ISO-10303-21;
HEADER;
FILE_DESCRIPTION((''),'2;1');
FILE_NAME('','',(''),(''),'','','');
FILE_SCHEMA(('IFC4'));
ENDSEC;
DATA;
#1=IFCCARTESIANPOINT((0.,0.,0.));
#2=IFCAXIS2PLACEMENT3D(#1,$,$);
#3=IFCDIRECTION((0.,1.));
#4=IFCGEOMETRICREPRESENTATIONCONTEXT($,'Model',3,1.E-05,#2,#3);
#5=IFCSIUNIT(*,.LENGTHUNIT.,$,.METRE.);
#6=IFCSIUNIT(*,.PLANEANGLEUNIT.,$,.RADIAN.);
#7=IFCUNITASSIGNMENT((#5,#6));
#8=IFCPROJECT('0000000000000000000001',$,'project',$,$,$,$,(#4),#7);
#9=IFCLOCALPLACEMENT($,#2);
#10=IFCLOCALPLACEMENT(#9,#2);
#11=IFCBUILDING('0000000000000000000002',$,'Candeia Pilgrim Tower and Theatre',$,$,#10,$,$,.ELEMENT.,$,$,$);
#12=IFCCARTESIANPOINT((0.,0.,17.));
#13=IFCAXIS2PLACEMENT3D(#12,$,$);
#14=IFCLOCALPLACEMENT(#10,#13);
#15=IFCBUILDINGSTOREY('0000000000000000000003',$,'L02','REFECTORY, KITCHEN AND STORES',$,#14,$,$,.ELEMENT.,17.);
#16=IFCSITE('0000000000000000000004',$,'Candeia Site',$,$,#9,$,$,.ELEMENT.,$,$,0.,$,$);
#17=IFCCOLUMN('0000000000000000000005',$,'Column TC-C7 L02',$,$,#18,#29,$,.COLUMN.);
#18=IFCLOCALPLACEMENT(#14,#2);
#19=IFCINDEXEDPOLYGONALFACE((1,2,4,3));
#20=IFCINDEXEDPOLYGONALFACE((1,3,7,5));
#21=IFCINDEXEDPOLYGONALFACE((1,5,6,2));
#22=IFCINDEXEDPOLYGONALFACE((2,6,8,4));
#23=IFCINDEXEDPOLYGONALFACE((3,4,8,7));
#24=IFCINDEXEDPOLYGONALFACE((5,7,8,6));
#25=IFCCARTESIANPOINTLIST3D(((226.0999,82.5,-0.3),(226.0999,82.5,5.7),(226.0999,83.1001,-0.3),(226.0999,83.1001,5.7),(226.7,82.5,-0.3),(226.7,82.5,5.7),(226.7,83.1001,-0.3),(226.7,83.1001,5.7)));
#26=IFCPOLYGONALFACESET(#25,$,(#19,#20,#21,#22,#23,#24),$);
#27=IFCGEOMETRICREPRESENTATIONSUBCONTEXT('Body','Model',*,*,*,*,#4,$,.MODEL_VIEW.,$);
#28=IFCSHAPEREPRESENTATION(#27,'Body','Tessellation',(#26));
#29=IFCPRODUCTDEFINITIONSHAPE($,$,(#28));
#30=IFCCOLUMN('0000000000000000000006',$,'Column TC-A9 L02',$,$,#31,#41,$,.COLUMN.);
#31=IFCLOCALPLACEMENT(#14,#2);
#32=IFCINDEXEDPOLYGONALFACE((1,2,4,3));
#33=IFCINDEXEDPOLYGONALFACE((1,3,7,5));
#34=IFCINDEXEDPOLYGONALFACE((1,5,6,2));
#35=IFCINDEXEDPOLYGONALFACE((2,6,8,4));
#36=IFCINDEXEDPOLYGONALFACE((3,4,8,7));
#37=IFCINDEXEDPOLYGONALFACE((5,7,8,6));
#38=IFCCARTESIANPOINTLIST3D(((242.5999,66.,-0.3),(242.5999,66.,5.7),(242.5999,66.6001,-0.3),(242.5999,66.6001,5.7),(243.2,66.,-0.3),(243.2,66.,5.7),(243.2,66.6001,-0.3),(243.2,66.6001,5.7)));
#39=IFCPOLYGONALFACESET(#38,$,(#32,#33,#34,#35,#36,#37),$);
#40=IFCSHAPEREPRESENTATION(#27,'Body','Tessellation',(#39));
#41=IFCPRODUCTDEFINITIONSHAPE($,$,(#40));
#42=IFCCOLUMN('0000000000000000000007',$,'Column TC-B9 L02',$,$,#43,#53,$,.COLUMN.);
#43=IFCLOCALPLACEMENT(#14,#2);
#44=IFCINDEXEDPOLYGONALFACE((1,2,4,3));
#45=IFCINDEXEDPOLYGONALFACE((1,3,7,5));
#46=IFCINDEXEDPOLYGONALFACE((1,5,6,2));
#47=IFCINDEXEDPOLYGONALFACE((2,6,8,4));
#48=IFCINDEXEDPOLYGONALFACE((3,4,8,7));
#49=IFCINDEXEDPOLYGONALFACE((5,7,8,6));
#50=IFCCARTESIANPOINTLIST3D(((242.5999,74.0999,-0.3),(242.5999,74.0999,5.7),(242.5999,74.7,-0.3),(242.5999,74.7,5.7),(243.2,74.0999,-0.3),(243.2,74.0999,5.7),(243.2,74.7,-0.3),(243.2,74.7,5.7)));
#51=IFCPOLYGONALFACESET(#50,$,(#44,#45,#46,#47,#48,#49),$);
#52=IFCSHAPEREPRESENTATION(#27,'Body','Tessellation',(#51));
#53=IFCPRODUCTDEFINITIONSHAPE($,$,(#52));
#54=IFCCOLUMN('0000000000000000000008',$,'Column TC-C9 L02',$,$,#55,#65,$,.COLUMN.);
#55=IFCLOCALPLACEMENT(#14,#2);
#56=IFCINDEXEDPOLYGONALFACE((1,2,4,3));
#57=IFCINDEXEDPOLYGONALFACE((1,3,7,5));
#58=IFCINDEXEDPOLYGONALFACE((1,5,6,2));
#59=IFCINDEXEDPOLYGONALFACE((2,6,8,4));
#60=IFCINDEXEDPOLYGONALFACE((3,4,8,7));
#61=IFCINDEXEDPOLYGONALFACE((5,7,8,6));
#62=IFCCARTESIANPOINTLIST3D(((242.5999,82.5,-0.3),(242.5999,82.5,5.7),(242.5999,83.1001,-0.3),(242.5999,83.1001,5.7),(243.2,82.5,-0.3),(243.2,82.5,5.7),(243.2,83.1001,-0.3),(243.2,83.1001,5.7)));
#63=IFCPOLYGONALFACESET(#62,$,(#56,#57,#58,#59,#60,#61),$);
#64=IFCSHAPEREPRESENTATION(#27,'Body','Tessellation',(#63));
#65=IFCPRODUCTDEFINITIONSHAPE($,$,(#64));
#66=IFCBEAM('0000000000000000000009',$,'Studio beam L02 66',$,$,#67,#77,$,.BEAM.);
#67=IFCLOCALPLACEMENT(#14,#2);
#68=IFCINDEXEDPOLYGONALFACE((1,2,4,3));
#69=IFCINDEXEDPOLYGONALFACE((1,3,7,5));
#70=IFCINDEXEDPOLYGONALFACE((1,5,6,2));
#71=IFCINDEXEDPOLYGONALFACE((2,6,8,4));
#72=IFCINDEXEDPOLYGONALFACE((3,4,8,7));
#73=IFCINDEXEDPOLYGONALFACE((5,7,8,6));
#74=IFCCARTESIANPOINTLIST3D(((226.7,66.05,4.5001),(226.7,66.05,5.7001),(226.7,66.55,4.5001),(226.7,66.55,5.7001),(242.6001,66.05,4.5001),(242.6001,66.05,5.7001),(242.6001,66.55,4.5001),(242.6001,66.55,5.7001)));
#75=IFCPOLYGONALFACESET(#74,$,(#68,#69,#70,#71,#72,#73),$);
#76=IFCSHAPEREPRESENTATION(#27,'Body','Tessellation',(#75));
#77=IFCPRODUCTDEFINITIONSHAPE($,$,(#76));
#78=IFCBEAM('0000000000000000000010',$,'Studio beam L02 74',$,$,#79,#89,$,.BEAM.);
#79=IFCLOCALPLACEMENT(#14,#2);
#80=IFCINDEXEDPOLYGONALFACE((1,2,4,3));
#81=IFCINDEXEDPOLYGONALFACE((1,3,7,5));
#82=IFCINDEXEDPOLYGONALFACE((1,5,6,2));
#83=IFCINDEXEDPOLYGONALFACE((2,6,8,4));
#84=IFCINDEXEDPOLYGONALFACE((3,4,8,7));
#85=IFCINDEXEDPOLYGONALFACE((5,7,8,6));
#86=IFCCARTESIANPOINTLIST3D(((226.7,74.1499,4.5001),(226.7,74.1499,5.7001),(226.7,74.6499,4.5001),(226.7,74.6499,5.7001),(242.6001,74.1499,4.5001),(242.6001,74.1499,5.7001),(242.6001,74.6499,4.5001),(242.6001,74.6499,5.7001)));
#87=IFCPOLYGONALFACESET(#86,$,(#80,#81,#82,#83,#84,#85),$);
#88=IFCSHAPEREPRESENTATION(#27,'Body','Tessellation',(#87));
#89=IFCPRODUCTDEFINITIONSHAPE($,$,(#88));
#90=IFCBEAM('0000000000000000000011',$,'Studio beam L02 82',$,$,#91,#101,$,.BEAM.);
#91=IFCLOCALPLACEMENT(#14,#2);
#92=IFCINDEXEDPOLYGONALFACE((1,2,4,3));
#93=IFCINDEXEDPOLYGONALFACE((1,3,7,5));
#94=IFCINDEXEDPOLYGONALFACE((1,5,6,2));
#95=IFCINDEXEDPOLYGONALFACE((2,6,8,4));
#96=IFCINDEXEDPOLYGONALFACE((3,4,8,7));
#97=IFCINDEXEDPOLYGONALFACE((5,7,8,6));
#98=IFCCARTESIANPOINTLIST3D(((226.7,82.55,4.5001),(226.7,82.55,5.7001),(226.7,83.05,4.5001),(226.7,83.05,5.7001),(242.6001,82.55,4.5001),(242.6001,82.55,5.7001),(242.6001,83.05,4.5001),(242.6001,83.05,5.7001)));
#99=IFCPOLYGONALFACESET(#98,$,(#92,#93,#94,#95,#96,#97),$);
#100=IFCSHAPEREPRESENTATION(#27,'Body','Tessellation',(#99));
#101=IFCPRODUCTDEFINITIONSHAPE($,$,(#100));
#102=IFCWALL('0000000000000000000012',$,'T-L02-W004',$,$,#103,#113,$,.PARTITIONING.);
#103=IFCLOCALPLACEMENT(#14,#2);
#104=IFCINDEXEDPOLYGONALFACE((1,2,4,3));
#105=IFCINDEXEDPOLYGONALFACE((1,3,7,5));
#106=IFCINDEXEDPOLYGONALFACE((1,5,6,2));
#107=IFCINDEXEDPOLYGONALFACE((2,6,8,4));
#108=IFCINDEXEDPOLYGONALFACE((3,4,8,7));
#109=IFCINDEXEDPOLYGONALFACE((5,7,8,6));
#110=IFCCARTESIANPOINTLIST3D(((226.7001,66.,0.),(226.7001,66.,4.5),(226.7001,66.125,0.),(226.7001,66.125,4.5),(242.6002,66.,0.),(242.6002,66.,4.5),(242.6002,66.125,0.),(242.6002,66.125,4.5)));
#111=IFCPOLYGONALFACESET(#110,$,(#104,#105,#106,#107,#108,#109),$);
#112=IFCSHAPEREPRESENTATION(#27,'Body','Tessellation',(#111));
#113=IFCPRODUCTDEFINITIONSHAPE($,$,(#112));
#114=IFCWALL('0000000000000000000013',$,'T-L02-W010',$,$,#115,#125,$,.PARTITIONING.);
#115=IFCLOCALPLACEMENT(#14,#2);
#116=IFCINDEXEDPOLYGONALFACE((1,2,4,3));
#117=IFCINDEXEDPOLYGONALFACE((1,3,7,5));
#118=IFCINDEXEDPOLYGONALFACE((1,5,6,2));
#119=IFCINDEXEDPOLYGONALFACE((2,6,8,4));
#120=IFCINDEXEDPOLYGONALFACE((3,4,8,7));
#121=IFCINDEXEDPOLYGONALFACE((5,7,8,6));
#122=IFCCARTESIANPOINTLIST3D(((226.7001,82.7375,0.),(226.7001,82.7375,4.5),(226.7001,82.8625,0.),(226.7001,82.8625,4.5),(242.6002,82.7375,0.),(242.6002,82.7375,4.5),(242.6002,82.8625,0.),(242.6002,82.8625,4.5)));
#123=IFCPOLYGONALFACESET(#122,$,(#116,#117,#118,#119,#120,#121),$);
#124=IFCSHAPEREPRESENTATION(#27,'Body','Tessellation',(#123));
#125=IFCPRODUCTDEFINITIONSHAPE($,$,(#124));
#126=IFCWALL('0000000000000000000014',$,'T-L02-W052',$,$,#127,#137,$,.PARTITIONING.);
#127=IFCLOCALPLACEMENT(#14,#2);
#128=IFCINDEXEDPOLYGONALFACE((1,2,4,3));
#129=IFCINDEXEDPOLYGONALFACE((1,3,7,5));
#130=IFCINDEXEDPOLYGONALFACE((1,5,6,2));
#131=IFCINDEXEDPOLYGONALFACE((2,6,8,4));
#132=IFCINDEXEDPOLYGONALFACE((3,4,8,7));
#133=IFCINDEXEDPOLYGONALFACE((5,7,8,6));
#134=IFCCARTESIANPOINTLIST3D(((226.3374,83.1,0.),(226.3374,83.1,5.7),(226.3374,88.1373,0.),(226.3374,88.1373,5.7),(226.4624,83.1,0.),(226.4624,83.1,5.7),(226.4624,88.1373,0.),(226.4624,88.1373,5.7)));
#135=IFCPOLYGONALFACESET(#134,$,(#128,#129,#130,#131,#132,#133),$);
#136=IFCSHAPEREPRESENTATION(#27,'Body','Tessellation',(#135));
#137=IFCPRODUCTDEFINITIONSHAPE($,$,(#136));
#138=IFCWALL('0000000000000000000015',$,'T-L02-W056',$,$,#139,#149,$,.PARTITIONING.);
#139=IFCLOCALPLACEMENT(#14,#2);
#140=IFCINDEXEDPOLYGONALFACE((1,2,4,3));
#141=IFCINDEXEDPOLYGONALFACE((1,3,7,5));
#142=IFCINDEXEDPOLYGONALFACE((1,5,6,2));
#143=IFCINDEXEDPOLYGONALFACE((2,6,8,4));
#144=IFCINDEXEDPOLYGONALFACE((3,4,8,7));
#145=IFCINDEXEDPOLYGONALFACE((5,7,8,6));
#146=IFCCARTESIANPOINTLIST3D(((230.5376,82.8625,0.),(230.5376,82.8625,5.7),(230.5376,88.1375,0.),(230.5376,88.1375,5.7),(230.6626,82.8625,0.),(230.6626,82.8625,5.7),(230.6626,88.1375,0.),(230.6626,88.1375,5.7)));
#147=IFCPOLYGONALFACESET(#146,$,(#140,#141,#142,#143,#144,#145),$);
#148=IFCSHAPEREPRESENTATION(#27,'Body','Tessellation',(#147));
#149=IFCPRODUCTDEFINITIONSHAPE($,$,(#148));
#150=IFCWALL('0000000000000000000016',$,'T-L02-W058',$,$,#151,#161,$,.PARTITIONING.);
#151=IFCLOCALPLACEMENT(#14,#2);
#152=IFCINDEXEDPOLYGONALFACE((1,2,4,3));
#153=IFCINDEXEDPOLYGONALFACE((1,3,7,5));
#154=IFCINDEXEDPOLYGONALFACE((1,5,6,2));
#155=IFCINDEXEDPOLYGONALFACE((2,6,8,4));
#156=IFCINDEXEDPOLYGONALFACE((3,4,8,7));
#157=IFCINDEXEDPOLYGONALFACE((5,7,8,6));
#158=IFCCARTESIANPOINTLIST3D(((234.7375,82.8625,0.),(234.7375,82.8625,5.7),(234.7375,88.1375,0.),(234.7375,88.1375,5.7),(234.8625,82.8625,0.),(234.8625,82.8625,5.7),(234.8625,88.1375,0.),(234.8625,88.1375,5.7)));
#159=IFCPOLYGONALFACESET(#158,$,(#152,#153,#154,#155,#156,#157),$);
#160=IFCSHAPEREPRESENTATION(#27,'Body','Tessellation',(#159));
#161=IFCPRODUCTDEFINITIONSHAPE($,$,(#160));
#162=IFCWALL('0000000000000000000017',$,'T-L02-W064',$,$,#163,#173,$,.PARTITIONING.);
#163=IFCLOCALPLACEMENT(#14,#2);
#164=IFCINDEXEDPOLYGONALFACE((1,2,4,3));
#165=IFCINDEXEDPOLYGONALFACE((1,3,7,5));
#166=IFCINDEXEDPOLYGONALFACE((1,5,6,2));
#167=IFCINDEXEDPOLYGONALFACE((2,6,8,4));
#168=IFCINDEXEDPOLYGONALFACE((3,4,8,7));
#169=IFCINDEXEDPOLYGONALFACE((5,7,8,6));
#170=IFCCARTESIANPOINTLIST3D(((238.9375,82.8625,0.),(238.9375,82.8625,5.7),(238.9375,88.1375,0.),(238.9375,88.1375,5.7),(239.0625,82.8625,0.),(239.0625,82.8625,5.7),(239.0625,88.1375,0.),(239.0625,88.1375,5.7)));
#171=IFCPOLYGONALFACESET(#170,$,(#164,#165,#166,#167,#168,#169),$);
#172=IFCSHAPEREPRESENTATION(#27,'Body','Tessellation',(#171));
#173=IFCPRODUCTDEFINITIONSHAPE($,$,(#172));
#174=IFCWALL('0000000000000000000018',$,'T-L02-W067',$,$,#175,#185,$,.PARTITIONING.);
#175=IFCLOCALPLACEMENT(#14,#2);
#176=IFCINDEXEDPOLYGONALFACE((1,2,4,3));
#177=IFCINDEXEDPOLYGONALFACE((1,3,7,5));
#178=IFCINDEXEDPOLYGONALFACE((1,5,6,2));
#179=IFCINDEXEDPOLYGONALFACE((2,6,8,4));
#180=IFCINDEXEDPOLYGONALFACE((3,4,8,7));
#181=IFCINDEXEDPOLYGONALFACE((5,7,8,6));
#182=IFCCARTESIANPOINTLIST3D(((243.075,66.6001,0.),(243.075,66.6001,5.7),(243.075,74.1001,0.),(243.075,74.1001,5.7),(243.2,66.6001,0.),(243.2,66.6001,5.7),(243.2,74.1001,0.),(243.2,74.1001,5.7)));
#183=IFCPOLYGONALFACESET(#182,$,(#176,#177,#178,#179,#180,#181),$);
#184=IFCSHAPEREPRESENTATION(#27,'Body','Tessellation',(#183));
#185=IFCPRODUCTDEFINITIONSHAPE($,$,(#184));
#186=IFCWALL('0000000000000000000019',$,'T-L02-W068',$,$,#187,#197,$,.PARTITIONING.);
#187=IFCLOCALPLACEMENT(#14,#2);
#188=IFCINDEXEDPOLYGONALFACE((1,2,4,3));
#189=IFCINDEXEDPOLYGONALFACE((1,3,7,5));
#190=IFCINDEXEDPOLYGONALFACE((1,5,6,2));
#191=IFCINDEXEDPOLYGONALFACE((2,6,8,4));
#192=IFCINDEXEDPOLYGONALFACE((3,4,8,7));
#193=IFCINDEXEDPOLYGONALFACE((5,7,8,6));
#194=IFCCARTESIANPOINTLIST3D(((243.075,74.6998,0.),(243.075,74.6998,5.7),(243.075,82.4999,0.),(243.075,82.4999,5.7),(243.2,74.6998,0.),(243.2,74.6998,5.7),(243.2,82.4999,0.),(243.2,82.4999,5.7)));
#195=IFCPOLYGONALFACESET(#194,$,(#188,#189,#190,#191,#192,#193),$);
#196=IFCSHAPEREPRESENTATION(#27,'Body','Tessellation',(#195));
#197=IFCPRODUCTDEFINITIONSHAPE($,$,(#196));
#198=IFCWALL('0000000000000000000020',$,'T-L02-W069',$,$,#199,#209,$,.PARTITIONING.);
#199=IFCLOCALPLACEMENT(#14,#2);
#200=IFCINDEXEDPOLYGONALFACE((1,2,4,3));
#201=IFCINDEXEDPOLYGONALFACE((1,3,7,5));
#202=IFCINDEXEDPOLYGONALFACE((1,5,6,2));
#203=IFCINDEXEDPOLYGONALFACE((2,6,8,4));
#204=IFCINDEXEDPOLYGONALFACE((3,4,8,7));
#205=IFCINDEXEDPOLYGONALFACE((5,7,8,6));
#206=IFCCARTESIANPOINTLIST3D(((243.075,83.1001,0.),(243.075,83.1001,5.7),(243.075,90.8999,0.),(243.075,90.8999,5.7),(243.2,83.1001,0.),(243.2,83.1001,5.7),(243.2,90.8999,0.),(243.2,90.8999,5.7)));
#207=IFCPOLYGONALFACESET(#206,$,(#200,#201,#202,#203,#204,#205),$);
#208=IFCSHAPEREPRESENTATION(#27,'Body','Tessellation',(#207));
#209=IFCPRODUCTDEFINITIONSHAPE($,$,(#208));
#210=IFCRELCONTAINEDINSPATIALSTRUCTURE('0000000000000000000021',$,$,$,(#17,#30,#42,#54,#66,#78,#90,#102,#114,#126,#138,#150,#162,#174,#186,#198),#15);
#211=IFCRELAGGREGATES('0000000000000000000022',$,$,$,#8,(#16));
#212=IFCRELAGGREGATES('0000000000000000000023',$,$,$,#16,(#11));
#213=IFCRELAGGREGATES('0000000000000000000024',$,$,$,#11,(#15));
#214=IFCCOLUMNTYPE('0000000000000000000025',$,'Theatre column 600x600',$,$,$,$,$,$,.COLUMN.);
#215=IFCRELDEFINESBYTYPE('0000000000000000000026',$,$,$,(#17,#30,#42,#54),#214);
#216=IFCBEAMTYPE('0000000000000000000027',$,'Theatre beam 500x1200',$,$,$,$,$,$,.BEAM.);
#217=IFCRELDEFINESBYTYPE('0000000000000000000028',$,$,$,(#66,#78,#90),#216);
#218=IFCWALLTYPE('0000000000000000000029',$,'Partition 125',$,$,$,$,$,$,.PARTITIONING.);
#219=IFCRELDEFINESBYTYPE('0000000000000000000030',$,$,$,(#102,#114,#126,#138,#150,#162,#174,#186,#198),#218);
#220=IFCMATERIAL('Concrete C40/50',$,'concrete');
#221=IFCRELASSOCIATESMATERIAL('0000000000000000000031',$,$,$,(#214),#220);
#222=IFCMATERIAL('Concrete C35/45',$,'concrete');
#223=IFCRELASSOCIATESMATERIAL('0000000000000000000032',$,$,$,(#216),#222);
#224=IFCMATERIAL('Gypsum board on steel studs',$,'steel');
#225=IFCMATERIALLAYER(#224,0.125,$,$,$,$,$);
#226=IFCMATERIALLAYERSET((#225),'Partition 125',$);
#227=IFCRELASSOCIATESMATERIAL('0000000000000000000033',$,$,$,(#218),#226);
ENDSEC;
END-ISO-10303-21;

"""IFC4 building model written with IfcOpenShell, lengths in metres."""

from ifc_helpers import new_model, si_unit, direction, frame, frame_2d, origin, origin_2d, place, context, subcontext, project, spatial, rectangle, extrude, material, layer, layer_set, material_profile, profile_set, type_object, element, save


model = new_model("IFC4")

# Units and contexts
model_context = context("Model", 3, precision=1e-05, world=origin(), true_north=direction((0.0, 1.0)))
body_context = subcontext(model_context, "Body", "Model", "MODEL_VIEW")
ifc_project = project(units=[si_unit("LENGTHUNIT", "METRE"), si_unit("PLANEANGLEUNIT", "RADIAN")], contexts=[model_context])

# Site, building, storey
site_placement = place(None, origin())
site = spatial("IfcSite", under=ifc_project, at=site_placement, Name="Candeia Site", CompositionType="ELEMENT", RefElevation=0.0)
building_placement = place(site_placement, origin())
building = spatial("IfcBuilding", under=site, at=building_placement, Name="Candeia Pilgrim Tower and Theatre", CompositionType="ELEMENT")
storey_placement = place(building_placement, frame((0.0, 0.0, 17.0)))
storey = spatial("IfcBuildingStorey", under=building, at=storey_placement, Name="L02", Description="REFECTORY, KITCHEN AND STORES", CompositionType="ELEMENT", Elevation=17.0)

# Columns
ifc_material_1 = material(Name="Concrete C40/50", Category="concrete")
ifc_material_profile_1 = material_profile(ifc_material_1, rectangle(XDim=0.6001, YDim=0.6001, at=origin_2d()))
ifc_profile_set_1 = profile_set([ifc_material_profile_1], Name="Concrete C40/50")
column_type = type_object("IfcColumnType", Name="Theatre column 600x600", PredefinedType="COLUMN", material=ifc_profile_set_1)
for number, where, z_axis, x_axis, name in (
    (1, (226.3999, 82.8, -0.3), (0.0, 0.0, 1.0), (1.0, 0.0, 0.0), "Column TC-C7 L02"),
    (2, (242.8999, 66.3, -0.3), (0.0, 0.0, 1.0), (1.0, 0.0, 0.0), "Column TC-A9 L02"),
    (3, (242.8999, 74.3999, -0.3), (0.0, 0.0, 1.0), (1.0, 0.0, 0.0), "Column TC-B9 L02"),
    (4, (242.8999, 82.8, -0.3), (0.0, 0.0, 1.0), (1.0, 0.0, 0.0), "Column TC-C9 L02"),
):
    element("IfcColumn", number, at=place(storey_placement, frame(where, z_axis=z_axis, x_axis=x_axis)), inside=storey, type_object=column_type, Name=name, PredefinedType="COLUMN", context=body_context, shape_type="SweptSolid", body=[
        extrude(rectangle(XDim=0.6001, YDim=0.6001, at=origin_2d()), origin(), (0.0, 0.0, 1.0), 6.0),
    ])

# Beams
ifc_material_2 = material(Name="Concrete C35/45", Category="concrete")
ifc_material_profile_2 = material_profile(ifc_material_2, rectangle(XDim=0.5, YDim=1.2, at=origin_2d()))
ifc_profile_set_2 = profile_set([ifc_material_profile_2], Name="Concrete C35/45")
beam_type = type_object("IfcBeamType", Name="Theatre beam 500x1200", PredefinedType="BEAM", material=ifc_profile_set_2)
for number, where, z_axis, x_axis, name in (
    (5, (226.7, 66.3, 5.1001), (1.0, 0.0, 0.0), (0.0, 1.0, 0.0), "Studio beam L02 66"),
    (6, (226.7, 74.3999, 5.1001), (1.0, 0.0, 0.0), (0.0, 1.0, 0.0), "Studio beam L02 74"),
    (7, (226.7, 82.8, 5.1001), (1.0, 0.0, 0.0), (0.0, 1.0, 0.0), "Studio beam L02 82"),
):
    element("IfcBeam", number, at=place(storey_placement, frame(where, z_axis=z_axis, x_axis=x_axis)), inside=storey, type_object=beam_type, Name=name, PredefinedType="BEAM", context=body_context, shape_type="SweptSolid", body=[
        extrude(rectangle(XDim=0.5, YDim=1.2, at=origin_2d()), origin(), (0.0, 0.0, 1.0), 15.9001),
    ])

# Walls
ifc_material_3 = material(Name="Gypsum board on steel studs", Category="steel")
ifc_layer = layer(ifc_material_3, 0.125)
ifc_layer_set = layer_set([ifc_layer], Name="Partition 125")
wall_type = type_object("IfcWallType", Name="Partition 125", PredefinedType="PARTITIONING", material=ifc_layer_set)
for number, where, z_axis, x_axis, name in (
    (8, (226.7, 66.0625, 0.0), (0.0, 0.0, 1.0), (1.0, 0.0, 0.0), "T-L02-W004"),
    (9, (226.7, 82.8, 0.0), (0.0, 0.0, 1.0), (1.0, 0.0, 0.0), "T-L02-W010"),
):
    element("IfcWall", number, at=place(storey_placement, frame(where, z_axis=z_axis, x_axis=x_axis)), inside=storey, type_object=wall_type, Name=name, PredefinedType="PARTITIONING", context=body_context, shape_type="SweptSolid", body=[
        extrude(rectangle(XDim=15.9001, YDim=0.125, at=frame_2d((7.9502, 0.0))), origin(), (0.0, 0.0, 1.0), 4.5),
    ])
wall_1_placement = place(storey_placement, frame((226.3999, 83.1001, 0.0), z_axis=(0.0, 0.0, 1.0), x_axis=(0.0, 1.0, 0.0)))
element("IfcWall", 10, at=wall_1_placement, inside=storey, type_object=wall_type, Name="T-L02-W052", PredefinedType="PARTITIONING", context=body_context, shape_type="SweptSolid", body=[
    extrude(rectangle(XDim=5.0374, YDim=0.125, at=frame_2d((2.5186, 0.0))), origin(), (0.0, 0.0, 1.0), 5.7),
])
for number, where, z_axis, x_axis, name in (
    (11, (230.6001, 82.8625, 0.0), (0.0, 0.0, 1.0), (0.0, 1.0, 0.0), "T-L02-W056"),
    (12, (234.8, 82.8625, 0.0), (0.0, 0.0, 1.0), (0.0, 1.0, 0.0), "T-L02-W058"),
    (13, (239.0, 82.8625, 0.0), (0.0, 0.0, 1.0), (0.0, 1.0, 0.0), "T-L02-W064"),
):
    element("IfcWall", number, at=place(storey_placement, frame(where, z_axis=z_axis, x_axis=x_axis)), inside=storey, type_object=wall_type, Name=name, PredefinedType="PARTITIONING", context=body_context, shape_type="SweptSolid", body=[
        extrude(rectangle(XDim=5.2749, YDim=0.125, at=frame_2d((2.6375, 0.0))), origin(), (0.0, 0.0, 1.0), 5.7),
    ])
wall_2_placement = place(storey_placement, frame((243.1375, 66.6001, 0.0), z_axis=(0.0, 0.0, 1.0), x_axis=(0.0, 1.0, 0.0)))
element("IfcWall", 14, at=wall_2_placement, inside=storey, type_object=wall_type, Name="T-L02-W067", PredefinedType="PARTITIONING", context=body_context, shape_type="SweptSolid", body=[
    extrude(rectangle(XDim=7.5, YDim=0.125, at=frame_2d((3.75, 0.0))), origin(), (0.0, 0.0, 1.0), 5.7),
])
wall_3_placement = place(storey_placement, frame((243.1375, 74.7, 0.0), z_axis=(0.0, 0.0, 1.0), x_axis=(0.0, 1.0, 0.0)))
element("IfcWall", 15, at=wall_3_placement, inside=storey, type_object=wall_type, Name="T-L02-W068", PredefinedType="PARTITIONING", context=body_context, shape_type="SweptSolid", body=[
    extrude(rectangle(XDim=7.8, YDim=0.125, at=frame_2d((3.8999, 0.0))), origin(), (0.0, 0.0, 1.0), 5.7),
])
wall_4_placement = place(storey_placement, frame((243.1375, 83.1001, 0.0), z_axis=(0.0, 0.0, 1.0), x_axis=(0.0, 1.0, 0.0)))
element("IfcWall", 16, at=wall_4_placement, inside=storey, type_object=wall_type, Name="T-L02-W069", PredefinedType="PARTITIONING", context=body_context, shape_type="SweptSolid", body=[
    extrude(rectangle(XDim=7.7998, YDim=0.125, at=frame_2d((3.8999, 0.0))), origin(), (0.0, 0.0, 1.0), 5.7),
])

save(model, "model.ifc")
